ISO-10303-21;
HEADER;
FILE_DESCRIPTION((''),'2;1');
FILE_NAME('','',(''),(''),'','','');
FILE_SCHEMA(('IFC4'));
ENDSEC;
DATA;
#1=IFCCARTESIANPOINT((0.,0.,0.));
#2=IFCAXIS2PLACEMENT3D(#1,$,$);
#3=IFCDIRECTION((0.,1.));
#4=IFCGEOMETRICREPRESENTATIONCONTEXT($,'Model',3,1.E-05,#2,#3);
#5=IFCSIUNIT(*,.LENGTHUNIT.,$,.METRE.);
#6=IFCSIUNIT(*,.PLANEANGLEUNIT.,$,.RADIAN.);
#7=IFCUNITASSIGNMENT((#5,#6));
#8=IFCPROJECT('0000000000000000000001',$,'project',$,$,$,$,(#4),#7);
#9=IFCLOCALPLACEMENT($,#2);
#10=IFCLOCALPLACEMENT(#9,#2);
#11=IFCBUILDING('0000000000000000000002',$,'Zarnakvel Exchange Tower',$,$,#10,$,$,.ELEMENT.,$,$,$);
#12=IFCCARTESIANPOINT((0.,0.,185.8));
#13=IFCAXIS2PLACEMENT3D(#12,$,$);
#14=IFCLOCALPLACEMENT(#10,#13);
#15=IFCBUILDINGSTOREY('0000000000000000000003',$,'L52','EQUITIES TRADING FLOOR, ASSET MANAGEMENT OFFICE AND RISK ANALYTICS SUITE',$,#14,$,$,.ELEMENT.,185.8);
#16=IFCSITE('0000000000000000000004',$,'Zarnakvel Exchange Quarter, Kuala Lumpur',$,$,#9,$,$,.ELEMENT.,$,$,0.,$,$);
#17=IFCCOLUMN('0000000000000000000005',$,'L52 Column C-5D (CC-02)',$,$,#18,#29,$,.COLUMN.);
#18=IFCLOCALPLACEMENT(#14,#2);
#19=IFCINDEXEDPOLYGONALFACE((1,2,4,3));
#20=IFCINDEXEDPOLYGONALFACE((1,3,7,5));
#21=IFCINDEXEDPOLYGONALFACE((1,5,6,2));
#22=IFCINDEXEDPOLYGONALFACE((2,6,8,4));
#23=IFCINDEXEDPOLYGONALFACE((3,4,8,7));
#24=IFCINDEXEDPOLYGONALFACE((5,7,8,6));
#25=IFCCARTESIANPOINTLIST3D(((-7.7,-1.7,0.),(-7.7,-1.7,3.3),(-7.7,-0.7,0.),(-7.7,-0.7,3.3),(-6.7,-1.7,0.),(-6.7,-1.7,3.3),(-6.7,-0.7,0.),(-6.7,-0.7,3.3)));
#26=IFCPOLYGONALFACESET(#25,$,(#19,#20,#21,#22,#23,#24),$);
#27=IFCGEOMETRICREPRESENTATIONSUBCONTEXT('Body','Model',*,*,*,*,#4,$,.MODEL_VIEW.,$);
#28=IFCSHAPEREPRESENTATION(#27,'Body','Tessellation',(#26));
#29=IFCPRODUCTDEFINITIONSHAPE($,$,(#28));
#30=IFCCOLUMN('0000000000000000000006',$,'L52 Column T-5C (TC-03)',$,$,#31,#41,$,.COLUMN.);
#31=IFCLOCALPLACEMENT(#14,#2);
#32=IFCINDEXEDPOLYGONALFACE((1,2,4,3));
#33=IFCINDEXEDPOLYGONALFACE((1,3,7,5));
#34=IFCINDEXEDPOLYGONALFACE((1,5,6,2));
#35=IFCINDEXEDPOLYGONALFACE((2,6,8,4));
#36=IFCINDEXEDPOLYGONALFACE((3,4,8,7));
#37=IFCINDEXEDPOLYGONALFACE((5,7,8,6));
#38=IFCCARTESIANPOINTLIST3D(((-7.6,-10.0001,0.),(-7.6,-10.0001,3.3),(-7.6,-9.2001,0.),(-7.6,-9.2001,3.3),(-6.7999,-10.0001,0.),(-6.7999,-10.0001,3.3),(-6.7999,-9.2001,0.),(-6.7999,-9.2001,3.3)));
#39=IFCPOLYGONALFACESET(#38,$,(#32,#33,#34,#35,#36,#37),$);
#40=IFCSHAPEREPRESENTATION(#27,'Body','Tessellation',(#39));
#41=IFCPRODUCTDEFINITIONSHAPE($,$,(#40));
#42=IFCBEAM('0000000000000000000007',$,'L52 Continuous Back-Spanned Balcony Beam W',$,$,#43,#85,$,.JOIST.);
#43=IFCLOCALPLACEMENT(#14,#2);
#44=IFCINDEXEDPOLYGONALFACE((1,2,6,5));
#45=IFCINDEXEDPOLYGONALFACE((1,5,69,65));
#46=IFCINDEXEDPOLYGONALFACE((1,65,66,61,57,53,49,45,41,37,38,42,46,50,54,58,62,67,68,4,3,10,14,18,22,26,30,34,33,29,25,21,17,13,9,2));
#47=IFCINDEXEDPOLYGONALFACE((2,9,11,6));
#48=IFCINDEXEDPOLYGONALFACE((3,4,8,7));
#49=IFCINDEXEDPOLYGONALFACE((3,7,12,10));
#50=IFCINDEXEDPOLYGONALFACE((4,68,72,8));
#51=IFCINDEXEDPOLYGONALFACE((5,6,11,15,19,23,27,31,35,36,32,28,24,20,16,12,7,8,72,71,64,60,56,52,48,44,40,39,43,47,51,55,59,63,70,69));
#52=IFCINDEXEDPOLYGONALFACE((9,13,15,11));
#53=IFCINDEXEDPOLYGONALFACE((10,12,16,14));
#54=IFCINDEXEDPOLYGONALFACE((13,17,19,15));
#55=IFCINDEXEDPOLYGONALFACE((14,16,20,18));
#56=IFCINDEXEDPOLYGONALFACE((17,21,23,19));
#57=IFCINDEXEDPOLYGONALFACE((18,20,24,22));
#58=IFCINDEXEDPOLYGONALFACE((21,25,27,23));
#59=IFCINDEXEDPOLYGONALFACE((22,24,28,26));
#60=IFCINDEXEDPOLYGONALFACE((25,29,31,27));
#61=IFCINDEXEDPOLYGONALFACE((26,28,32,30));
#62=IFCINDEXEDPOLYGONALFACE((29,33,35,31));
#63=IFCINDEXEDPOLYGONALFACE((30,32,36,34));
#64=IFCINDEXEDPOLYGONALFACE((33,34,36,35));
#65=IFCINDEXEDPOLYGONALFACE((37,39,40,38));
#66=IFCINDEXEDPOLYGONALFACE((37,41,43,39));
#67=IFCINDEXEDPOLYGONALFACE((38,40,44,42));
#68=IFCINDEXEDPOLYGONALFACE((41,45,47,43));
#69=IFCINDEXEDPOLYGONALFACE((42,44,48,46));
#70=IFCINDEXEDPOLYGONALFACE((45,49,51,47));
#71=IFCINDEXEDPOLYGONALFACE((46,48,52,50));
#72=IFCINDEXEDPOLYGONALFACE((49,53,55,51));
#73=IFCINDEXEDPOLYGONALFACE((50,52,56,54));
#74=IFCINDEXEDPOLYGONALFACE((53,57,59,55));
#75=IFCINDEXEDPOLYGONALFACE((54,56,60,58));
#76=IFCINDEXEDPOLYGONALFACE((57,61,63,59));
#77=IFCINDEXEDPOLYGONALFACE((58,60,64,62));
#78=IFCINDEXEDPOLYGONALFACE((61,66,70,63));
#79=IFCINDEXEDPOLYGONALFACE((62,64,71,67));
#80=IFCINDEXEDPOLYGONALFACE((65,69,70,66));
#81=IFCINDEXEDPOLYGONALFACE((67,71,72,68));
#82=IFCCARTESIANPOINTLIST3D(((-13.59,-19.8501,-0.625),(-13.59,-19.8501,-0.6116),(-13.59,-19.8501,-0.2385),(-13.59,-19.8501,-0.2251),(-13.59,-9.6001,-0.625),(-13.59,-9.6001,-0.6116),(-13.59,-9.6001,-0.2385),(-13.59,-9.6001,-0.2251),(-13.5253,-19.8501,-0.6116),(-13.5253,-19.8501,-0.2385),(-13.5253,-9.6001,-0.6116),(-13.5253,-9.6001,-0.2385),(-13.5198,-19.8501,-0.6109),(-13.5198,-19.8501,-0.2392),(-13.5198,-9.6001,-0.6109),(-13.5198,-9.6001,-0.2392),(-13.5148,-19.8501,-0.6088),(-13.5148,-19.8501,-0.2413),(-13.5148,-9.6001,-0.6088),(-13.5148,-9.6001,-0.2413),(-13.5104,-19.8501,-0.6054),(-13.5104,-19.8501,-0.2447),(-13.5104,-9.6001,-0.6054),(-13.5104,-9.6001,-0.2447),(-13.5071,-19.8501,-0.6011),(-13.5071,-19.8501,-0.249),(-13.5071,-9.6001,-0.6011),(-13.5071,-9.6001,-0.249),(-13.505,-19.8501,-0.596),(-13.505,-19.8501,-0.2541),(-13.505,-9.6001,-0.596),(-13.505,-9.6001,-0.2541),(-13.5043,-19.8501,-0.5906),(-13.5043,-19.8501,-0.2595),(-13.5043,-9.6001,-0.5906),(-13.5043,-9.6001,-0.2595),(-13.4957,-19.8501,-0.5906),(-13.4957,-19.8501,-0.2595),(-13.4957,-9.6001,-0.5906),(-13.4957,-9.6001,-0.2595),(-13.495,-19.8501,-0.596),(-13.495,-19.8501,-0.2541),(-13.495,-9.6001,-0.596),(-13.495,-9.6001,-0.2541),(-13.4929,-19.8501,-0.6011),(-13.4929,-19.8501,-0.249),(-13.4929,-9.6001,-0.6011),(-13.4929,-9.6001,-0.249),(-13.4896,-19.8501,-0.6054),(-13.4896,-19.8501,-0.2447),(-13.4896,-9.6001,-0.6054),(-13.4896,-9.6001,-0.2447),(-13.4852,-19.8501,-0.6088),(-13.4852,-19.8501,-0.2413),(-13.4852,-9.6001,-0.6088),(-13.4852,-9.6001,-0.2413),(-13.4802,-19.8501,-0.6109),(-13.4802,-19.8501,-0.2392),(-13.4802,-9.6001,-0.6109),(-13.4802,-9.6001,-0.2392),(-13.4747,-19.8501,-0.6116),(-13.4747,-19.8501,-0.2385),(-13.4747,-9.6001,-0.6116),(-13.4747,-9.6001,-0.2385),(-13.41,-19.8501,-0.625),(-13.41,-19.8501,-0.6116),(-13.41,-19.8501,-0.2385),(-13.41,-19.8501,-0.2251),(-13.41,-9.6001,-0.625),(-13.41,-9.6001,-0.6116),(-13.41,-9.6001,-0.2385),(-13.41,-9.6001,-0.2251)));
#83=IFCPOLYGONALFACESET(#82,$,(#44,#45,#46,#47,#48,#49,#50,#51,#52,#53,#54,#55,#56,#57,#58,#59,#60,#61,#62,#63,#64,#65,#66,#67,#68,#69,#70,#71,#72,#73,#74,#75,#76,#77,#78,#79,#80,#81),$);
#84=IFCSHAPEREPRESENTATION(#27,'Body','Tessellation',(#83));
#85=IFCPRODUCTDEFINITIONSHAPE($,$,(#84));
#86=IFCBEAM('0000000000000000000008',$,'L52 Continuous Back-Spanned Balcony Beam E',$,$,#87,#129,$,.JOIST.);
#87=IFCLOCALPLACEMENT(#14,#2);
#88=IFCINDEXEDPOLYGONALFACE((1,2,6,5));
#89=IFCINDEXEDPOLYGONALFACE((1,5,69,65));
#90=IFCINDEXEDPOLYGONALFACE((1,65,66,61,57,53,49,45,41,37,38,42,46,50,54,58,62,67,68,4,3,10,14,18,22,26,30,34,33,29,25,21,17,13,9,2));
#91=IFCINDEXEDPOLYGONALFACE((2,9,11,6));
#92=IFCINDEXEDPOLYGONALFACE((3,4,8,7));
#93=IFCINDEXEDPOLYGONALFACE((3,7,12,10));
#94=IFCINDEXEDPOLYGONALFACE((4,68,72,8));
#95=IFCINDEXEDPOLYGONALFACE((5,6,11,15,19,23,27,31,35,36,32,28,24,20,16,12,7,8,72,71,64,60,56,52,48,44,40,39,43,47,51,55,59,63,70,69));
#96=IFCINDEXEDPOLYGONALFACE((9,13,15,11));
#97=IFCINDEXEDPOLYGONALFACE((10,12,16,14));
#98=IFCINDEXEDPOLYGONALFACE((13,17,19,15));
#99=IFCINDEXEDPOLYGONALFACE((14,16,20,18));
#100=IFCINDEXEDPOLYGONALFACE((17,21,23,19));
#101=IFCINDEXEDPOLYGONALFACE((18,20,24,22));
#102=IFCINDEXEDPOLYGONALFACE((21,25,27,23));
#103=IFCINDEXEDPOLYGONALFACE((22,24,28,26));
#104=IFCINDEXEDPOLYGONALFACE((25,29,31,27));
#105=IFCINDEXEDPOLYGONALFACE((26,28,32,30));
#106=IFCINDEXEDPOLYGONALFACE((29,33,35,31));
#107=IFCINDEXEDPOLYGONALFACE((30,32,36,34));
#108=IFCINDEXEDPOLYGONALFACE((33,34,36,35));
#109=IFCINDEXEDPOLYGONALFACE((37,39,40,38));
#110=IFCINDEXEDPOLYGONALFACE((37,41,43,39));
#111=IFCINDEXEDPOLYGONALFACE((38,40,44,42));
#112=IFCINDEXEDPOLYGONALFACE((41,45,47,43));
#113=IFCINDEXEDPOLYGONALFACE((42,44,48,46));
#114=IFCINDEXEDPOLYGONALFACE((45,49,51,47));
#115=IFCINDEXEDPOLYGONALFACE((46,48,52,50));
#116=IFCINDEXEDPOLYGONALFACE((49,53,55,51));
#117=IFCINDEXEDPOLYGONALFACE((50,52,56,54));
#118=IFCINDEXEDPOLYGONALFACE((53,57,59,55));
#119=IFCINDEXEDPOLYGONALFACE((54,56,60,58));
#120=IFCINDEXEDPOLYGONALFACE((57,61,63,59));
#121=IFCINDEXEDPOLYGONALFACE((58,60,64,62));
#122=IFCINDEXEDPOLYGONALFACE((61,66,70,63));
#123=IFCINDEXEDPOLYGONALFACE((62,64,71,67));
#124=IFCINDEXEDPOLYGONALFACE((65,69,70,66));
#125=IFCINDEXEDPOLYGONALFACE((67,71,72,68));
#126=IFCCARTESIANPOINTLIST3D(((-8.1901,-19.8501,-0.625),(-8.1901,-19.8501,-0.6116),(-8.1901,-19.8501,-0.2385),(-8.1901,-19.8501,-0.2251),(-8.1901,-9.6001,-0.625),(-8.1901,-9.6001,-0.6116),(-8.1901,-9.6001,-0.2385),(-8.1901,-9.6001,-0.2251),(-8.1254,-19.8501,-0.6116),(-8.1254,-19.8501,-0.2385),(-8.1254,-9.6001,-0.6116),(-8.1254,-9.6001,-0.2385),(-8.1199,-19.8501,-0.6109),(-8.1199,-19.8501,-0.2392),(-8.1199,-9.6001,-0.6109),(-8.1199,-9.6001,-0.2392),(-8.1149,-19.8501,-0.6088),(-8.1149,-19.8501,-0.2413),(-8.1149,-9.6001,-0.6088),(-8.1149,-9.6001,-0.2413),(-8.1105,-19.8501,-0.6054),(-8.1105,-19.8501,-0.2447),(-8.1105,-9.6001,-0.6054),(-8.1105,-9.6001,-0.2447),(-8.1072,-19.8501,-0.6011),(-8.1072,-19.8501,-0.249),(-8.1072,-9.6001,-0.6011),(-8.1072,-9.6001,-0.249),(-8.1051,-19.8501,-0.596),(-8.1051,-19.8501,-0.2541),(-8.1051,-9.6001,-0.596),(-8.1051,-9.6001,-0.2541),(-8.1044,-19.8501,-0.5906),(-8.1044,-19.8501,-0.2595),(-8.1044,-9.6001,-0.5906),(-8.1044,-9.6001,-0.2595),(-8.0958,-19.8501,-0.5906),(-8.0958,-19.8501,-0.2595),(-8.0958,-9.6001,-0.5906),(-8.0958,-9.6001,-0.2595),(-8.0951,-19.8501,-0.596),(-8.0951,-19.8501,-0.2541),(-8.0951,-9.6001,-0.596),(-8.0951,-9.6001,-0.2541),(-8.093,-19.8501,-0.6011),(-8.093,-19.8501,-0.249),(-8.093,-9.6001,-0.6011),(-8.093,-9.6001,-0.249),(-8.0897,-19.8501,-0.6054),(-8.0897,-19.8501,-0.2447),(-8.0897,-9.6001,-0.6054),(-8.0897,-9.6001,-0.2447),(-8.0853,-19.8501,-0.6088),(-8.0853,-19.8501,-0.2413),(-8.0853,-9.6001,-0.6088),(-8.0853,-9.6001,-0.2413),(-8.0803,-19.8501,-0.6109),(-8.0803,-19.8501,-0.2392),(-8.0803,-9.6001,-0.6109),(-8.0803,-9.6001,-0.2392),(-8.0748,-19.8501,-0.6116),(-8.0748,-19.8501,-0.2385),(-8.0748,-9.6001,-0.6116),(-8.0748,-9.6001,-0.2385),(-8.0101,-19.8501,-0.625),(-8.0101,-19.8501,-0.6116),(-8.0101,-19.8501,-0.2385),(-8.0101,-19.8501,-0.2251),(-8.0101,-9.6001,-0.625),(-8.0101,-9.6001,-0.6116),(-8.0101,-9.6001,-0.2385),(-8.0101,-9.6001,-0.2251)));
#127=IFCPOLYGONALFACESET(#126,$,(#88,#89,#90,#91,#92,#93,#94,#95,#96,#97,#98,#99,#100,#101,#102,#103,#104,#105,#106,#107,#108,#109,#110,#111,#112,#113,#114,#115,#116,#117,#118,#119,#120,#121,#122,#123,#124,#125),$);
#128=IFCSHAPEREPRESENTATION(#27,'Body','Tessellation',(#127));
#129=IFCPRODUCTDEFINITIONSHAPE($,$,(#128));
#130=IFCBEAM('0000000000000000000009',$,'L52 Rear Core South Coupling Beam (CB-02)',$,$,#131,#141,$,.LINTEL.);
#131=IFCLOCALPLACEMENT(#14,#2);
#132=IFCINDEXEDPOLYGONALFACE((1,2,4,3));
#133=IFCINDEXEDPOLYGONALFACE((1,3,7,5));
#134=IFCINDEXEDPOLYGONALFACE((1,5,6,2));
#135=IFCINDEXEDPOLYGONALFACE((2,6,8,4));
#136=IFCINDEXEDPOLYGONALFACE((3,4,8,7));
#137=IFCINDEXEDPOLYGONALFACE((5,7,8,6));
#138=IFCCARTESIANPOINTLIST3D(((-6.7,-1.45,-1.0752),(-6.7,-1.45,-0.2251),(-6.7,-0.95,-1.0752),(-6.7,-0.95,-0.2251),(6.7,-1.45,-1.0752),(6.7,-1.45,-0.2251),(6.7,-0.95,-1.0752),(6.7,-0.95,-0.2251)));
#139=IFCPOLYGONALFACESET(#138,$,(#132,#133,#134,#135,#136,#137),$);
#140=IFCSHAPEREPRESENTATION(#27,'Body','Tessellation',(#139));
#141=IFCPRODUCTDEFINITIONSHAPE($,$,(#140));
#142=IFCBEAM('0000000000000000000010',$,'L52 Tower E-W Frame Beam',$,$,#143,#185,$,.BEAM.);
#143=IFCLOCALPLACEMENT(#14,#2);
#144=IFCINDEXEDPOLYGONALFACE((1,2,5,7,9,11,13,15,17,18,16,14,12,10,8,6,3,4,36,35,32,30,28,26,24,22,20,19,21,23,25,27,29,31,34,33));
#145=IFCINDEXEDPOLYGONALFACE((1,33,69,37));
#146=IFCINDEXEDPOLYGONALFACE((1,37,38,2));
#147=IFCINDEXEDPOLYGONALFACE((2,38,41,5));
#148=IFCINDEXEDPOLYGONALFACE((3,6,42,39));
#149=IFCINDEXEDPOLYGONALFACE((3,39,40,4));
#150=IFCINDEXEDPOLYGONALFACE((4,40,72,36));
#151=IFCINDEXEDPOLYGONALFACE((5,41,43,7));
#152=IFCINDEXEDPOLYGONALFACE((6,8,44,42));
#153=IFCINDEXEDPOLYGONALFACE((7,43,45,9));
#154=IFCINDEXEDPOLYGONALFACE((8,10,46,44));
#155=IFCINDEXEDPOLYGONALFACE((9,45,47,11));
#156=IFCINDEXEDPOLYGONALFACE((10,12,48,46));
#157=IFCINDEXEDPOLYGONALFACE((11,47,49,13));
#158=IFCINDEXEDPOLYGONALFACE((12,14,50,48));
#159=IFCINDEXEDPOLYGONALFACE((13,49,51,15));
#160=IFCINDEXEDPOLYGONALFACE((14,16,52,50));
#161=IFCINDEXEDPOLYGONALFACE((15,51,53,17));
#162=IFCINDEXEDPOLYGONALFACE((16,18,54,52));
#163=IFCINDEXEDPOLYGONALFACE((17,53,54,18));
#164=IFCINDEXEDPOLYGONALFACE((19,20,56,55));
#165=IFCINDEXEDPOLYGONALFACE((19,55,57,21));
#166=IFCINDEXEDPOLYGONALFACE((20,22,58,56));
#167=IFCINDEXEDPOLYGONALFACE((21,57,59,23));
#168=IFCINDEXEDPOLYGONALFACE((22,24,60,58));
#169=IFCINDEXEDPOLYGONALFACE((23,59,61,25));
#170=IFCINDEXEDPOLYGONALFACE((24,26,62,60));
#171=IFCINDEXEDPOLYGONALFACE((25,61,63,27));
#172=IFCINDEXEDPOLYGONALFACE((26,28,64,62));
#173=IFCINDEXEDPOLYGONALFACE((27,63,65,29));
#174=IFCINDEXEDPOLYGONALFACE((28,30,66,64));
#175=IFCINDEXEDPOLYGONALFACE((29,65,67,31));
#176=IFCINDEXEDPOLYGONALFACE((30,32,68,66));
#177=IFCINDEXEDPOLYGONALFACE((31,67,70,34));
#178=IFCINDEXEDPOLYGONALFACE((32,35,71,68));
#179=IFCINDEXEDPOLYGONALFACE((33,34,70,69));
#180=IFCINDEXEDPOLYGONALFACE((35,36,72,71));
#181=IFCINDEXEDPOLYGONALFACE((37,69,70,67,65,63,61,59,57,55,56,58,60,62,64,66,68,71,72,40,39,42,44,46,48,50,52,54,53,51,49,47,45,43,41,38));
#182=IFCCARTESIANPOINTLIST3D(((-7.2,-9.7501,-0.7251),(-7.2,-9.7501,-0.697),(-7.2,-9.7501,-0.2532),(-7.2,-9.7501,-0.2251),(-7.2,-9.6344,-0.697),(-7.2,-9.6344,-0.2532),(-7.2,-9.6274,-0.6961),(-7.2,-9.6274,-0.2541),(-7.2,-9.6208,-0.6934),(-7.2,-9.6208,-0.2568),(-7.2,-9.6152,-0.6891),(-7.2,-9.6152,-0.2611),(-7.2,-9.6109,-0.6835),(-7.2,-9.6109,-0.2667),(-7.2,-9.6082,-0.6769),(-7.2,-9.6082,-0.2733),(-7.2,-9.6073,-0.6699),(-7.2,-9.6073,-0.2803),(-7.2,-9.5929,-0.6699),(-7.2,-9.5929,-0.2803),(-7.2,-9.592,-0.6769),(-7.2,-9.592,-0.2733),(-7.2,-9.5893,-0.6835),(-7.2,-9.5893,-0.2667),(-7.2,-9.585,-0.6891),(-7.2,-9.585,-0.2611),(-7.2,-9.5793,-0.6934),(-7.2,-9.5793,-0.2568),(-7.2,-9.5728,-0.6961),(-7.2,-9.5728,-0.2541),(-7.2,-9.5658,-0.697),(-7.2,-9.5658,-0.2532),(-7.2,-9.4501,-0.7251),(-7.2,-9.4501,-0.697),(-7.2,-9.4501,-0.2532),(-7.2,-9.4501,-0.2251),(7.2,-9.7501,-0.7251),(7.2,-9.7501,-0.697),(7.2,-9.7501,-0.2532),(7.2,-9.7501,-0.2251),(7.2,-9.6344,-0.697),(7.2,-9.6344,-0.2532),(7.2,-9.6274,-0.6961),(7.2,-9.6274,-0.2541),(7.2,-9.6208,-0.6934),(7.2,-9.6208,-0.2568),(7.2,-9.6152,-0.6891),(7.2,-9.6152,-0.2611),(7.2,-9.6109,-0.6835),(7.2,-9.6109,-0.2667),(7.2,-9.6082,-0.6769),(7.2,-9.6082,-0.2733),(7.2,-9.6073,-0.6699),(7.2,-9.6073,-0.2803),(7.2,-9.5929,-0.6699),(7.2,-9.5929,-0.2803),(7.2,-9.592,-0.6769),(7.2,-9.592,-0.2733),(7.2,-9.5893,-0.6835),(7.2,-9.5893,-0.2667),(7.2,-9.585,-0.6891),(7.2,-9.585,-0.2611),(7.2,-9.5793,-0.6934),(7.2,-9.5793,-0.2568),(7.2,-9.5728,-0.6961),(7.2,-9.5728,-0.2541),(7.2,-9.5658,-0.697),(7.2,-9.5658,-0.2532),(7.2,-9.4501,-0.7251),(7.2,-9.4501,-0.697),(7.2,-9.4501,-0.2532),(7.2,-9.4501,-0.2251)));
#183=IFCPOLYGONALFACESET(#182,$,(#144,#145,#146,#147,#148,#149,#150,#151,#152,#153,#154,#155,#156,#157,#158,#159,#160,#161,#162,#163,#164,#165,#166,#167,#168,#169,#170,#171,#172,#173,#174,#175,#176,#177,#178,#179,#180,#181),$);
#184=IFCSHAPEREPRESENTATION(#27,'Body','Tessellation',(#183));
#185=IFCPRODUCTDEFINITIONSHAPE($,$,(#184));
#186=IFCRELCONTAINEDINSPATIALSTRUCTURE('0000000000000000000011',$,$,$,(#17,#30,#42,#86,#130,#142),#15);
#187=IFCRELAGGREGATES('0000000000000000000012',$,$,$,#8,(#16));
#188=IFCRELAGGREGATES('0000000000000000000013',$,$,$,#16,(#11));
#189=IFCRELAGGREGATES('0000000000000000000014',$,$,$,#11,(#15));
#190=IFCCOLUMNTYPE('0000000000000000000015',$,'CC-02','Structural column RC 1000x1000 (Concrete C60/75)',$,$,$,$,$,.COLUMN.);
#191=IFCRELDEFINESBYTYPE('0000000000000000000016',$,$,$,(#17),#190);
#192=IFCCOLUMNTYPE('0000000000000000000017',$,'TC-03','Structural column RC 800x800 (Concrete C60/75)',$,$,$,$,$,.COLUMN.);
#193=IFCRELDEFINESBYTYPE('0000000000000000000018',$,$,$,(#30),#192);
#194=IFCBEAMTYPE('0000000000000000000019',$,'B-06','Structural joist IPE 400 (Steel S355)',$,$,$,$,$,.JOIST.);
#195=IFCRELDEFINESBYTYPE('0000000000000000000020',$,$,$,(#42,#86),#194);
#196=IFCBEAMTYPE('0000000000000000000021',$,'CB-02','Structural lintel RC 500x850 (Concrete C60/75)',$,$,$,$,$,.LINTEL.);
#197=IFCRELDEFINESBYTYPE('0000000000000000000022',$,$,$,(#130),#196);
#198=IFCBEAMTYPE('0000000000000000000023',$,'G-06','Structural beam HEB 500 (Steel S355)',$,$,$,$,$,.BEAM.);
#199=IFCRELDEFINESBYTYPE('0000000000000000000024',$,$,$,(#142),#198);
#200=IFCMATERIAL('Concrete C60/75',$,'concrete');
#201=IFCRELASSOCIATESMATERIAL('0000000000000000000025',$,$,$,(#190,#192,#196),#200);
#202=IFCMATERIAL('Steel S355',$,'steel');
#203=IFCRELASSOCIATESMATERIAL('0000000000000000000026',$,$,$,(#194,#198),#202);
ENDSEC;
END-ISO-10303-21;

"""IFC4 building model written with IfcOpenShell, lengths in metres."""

from ifc_helpers import new_model, si_unit, direction, frame, origin, origin_2d, place, context, subcontext, project, spatial, rectangle, i_section, extrude, material, material_profile, profile_set, type_object, element, save


model = new_model("IFC4")

# Units and contexts
model_context = context("Model", 3, precision=1e-05, world=origin(), true_north=direction((0.0, 1.0)))
body_context = subcontext(model_context, "Body", "Model", "MODEL_VIEW")
ifc_project = project(units=[si_unit("LENGTHUNIT", "METRE"), si_unit("PLANEANGLEUNIT", "RADIAN")], contexts=[model_context])

# Site, building, storey
site_placement = place(None, origin())
site = spatial("IfcSite", under=ifc_project, at=site_placement, Name="Zarnakvel Exchange Quarter, Kuala Lumpur", CompositionType="ELEMENT", RefElevation=0.0)
building_placement = place(site_placement, origin())
building = spatial("IfcBuilding", under=site, at=building_placement, Name="Zarnakvel Exchange Tower", CompositionType="ELEMENT")
storey_placement = place(building_placement, frame((0.0, 0.0, 185.8)))
storey = spatial("IfcBuildingStorey", under=building, at=storey_placement, Name="L52", Description="EQUITIES TRADING FLOOR, ASSET MANAGEMENT OFFICE AND RISK ANALYTICS SUITE", CompositionType="ELEMENT", Elevation=185.8)

# Columns
ifc_material_1 = material(Name="Concrete C60/75", Category="concrete")
ifc_material_profile_1 = material_profile(ifc_material_1, rectangle(XDim=1.0, YDim=1.0, at=origin_2d()))
ifc_profile_set_1 = profile_set([ifc_material_profile_1], Name="Concrete C60/75")
column_type_1 = type_object("IfcColumnType", Name="CC-02", Description="Structural column RC 1000x1000 (Concrete C60/75)", PredefinedType="COLUMN", material=ifc_profile_set_1)
column_1_placement = place(storey_placement, frame((-7.2, -1.2, 0.0), z_axis=(0.0, 0.0, 1.0), x_axis=(1.0, 0.0, 0.0)))
element("IfcColumn", 1, at=column_1_placement, inside=storey, type_object=column_type_1, Name="L52 Column C-5D (CC-02)", PredefinedType="COLUMN", context=body_context, shape_type="SweptSolid", body=[
    extrude(rectangle(XDim=1.0, YDim=1.0, at=origin_2d()), origin(), (0.0, 0.0, 1.0), 3.3),
])
ifc_material_profile_2 = material_profile(ifc_material_1, rectangle(XDim=0.8, YDim=0.8, at=origin_2d()))
ifc_profile_set_2 = profile_set([ifc_material_profile_2], Name="Concrete C60/75")
column_type_2 = type_object("IfcColumnType", Name="TC-03", Description="Structural column RC 800x800 (Concrete C60/75)", PredefinedType="COLUMN", material=ifc_profile_set_2)
column_2_placement = place(storey_placement, frame((-7.2, -9.6001, 0.0), z_axis=(0.0, 0.0, 1.0), x_axis=(1.0, 0.0, 0.0)))
element("IfcColumn", 2, at=column_2_placement, inside=storey, type_object=column_type_2, Name="L52 Column T-5C (TC-03)", PredefinedType="COLUMN", context=body_context, shape_type="SweptSolid", body=[
    extrude(rectangle(XDim=0.8, YDim=0.8, at=origin_2d()), origin(), (0.0, 0.0, 1.0), 3.3),
])

# Beams
ifc_material_2 = material(Name="Steel S355", Category="steel")
ifc_material_profile_3 = material_profile(ifc_material_2, i_section(OverallWidth=0.1799, OverallDepth=0.3999, WebThickness=0.0085, FlangeThickness=0.0134, FilletRadius=0.021, at=origin_2d()))
ifc_profile_set_3 = profile_set([ifc_material_profile_3], Name="Steel S355")
beam_type_1 = type_object("IfcBeamType", Name="B-06", Description="Structural joist IPE 400 (Steel S355)", PredefinedType="JOIST", material=ifc_profile_set_3)
for number, where, z_axis, x_axis, name in (
    (3, (-13.5, -9.6001, -0.425), (0.0, -1.0, 0.0), (1.0, 0.0, 0.0), "L52 Continuous Back-Spanned Balcony Beam W"),
    (4, (-8.1001, -9.6001, -0.425), (0.0, -1.0, 0.0), (1.0, 0.0, 0.0), "L52 Continuous Back-Spanned Balcony Beam E"),
):
    element("IfcBeam", number, at=place(storey_placement, frame(where, z_axis=z_axis, x_axis=x_axis)), inside=storey, type_object=beam_type_1, Name=name, PredefinedType="JOIST", context=body_context, shape_type="SweptSolid", body=[
        extrude(i_section(OverallWidth=0.1799, OverallDepth=0.3999, WebThickness=0.0085, FlangeThickness=0.0134, FilletRadius=0.021, at=origin_2d()), origin(), (0.0, 0.0, 1.0), 10.25),
    ])
ifc_material_profile_4 = material_profile(ifc_material_1, rectangle(XDim=0.5, YDim=0.8501, at=origin_2d()))
ifc_profile_set_4 = profile_set([ifc_material_profile_4], Name="Concrete C60/75")
beam_type_2 = type_object("IfcBeamType", Name="CB-02", Description="Structural lintel RC 500x850 (Concrete C60/75)", PredefinedType="LINTEL", material=ifc_profile_set_4)
beam_1_placement = place(storey_placement, frame((-6.7, -1.2, -0.6501), z_axis=(1.0, 0.0, 0.0), x_axis=(0.0, 1.0, 0.0)))
element("IfcBeam", 5, at=beam_1_placement, inside=storey, type_object=beam_type_2, Name="L52 Rear Core South Coupling Beam (CB-02)", PredefinedType="LINTEL", context=body_context, shape_type="SweptSolid", body=[
    extrude(rectangle(XDim=0.5, YDim=0.8501, at=origin_2d()), origin(), (0.0, 0.0, 1.0), 13.3999),
])
ifc_material_profile_5 = material_profile(ifc_material_2, i_section(OverallWidth=0.3, OverallDepth=0.5, WebThickness=0.0144, FlangeThickness=0.0281, FilletRadius=0.0271, at=origin_2d()))
ifc_profile_set_5 = profile_set([ifc_material_profile_5], Name="Steel S355")
beam_type_3 = type_object("IfcBeamType", Name="G-06", Description="Structural beam HEB 500 (Steel S355)", PredefinedType="BEAM", material=ifc_profile_set_5)
beam_2_placement = place(storey_placement, frame((-7.2, -9.6001, -0.4751), z_axis=(1.0, 0.0, 0.0), x_axis=(0.0, 1.0, 0.0)))
element("IfcBeam", 6, at=beam_2_placement, inside=storey, type_object=beam_type_3, Name="L52 Tower E-W Frame Beam", PredefinedType="BEAM", context=body_context, shape_type="SweptSolid", body=[
    extrude(i_section(OverallWidth=0.3, OverallDepth=0.5, WebThickness=0.0144, FlangeThickness=0.0281, FilletRadius=0.0271, at=origin_2d()), origin(), (0.0, 0.0, 1.0), 14.3999),
])

save(model, "model.ifc")
